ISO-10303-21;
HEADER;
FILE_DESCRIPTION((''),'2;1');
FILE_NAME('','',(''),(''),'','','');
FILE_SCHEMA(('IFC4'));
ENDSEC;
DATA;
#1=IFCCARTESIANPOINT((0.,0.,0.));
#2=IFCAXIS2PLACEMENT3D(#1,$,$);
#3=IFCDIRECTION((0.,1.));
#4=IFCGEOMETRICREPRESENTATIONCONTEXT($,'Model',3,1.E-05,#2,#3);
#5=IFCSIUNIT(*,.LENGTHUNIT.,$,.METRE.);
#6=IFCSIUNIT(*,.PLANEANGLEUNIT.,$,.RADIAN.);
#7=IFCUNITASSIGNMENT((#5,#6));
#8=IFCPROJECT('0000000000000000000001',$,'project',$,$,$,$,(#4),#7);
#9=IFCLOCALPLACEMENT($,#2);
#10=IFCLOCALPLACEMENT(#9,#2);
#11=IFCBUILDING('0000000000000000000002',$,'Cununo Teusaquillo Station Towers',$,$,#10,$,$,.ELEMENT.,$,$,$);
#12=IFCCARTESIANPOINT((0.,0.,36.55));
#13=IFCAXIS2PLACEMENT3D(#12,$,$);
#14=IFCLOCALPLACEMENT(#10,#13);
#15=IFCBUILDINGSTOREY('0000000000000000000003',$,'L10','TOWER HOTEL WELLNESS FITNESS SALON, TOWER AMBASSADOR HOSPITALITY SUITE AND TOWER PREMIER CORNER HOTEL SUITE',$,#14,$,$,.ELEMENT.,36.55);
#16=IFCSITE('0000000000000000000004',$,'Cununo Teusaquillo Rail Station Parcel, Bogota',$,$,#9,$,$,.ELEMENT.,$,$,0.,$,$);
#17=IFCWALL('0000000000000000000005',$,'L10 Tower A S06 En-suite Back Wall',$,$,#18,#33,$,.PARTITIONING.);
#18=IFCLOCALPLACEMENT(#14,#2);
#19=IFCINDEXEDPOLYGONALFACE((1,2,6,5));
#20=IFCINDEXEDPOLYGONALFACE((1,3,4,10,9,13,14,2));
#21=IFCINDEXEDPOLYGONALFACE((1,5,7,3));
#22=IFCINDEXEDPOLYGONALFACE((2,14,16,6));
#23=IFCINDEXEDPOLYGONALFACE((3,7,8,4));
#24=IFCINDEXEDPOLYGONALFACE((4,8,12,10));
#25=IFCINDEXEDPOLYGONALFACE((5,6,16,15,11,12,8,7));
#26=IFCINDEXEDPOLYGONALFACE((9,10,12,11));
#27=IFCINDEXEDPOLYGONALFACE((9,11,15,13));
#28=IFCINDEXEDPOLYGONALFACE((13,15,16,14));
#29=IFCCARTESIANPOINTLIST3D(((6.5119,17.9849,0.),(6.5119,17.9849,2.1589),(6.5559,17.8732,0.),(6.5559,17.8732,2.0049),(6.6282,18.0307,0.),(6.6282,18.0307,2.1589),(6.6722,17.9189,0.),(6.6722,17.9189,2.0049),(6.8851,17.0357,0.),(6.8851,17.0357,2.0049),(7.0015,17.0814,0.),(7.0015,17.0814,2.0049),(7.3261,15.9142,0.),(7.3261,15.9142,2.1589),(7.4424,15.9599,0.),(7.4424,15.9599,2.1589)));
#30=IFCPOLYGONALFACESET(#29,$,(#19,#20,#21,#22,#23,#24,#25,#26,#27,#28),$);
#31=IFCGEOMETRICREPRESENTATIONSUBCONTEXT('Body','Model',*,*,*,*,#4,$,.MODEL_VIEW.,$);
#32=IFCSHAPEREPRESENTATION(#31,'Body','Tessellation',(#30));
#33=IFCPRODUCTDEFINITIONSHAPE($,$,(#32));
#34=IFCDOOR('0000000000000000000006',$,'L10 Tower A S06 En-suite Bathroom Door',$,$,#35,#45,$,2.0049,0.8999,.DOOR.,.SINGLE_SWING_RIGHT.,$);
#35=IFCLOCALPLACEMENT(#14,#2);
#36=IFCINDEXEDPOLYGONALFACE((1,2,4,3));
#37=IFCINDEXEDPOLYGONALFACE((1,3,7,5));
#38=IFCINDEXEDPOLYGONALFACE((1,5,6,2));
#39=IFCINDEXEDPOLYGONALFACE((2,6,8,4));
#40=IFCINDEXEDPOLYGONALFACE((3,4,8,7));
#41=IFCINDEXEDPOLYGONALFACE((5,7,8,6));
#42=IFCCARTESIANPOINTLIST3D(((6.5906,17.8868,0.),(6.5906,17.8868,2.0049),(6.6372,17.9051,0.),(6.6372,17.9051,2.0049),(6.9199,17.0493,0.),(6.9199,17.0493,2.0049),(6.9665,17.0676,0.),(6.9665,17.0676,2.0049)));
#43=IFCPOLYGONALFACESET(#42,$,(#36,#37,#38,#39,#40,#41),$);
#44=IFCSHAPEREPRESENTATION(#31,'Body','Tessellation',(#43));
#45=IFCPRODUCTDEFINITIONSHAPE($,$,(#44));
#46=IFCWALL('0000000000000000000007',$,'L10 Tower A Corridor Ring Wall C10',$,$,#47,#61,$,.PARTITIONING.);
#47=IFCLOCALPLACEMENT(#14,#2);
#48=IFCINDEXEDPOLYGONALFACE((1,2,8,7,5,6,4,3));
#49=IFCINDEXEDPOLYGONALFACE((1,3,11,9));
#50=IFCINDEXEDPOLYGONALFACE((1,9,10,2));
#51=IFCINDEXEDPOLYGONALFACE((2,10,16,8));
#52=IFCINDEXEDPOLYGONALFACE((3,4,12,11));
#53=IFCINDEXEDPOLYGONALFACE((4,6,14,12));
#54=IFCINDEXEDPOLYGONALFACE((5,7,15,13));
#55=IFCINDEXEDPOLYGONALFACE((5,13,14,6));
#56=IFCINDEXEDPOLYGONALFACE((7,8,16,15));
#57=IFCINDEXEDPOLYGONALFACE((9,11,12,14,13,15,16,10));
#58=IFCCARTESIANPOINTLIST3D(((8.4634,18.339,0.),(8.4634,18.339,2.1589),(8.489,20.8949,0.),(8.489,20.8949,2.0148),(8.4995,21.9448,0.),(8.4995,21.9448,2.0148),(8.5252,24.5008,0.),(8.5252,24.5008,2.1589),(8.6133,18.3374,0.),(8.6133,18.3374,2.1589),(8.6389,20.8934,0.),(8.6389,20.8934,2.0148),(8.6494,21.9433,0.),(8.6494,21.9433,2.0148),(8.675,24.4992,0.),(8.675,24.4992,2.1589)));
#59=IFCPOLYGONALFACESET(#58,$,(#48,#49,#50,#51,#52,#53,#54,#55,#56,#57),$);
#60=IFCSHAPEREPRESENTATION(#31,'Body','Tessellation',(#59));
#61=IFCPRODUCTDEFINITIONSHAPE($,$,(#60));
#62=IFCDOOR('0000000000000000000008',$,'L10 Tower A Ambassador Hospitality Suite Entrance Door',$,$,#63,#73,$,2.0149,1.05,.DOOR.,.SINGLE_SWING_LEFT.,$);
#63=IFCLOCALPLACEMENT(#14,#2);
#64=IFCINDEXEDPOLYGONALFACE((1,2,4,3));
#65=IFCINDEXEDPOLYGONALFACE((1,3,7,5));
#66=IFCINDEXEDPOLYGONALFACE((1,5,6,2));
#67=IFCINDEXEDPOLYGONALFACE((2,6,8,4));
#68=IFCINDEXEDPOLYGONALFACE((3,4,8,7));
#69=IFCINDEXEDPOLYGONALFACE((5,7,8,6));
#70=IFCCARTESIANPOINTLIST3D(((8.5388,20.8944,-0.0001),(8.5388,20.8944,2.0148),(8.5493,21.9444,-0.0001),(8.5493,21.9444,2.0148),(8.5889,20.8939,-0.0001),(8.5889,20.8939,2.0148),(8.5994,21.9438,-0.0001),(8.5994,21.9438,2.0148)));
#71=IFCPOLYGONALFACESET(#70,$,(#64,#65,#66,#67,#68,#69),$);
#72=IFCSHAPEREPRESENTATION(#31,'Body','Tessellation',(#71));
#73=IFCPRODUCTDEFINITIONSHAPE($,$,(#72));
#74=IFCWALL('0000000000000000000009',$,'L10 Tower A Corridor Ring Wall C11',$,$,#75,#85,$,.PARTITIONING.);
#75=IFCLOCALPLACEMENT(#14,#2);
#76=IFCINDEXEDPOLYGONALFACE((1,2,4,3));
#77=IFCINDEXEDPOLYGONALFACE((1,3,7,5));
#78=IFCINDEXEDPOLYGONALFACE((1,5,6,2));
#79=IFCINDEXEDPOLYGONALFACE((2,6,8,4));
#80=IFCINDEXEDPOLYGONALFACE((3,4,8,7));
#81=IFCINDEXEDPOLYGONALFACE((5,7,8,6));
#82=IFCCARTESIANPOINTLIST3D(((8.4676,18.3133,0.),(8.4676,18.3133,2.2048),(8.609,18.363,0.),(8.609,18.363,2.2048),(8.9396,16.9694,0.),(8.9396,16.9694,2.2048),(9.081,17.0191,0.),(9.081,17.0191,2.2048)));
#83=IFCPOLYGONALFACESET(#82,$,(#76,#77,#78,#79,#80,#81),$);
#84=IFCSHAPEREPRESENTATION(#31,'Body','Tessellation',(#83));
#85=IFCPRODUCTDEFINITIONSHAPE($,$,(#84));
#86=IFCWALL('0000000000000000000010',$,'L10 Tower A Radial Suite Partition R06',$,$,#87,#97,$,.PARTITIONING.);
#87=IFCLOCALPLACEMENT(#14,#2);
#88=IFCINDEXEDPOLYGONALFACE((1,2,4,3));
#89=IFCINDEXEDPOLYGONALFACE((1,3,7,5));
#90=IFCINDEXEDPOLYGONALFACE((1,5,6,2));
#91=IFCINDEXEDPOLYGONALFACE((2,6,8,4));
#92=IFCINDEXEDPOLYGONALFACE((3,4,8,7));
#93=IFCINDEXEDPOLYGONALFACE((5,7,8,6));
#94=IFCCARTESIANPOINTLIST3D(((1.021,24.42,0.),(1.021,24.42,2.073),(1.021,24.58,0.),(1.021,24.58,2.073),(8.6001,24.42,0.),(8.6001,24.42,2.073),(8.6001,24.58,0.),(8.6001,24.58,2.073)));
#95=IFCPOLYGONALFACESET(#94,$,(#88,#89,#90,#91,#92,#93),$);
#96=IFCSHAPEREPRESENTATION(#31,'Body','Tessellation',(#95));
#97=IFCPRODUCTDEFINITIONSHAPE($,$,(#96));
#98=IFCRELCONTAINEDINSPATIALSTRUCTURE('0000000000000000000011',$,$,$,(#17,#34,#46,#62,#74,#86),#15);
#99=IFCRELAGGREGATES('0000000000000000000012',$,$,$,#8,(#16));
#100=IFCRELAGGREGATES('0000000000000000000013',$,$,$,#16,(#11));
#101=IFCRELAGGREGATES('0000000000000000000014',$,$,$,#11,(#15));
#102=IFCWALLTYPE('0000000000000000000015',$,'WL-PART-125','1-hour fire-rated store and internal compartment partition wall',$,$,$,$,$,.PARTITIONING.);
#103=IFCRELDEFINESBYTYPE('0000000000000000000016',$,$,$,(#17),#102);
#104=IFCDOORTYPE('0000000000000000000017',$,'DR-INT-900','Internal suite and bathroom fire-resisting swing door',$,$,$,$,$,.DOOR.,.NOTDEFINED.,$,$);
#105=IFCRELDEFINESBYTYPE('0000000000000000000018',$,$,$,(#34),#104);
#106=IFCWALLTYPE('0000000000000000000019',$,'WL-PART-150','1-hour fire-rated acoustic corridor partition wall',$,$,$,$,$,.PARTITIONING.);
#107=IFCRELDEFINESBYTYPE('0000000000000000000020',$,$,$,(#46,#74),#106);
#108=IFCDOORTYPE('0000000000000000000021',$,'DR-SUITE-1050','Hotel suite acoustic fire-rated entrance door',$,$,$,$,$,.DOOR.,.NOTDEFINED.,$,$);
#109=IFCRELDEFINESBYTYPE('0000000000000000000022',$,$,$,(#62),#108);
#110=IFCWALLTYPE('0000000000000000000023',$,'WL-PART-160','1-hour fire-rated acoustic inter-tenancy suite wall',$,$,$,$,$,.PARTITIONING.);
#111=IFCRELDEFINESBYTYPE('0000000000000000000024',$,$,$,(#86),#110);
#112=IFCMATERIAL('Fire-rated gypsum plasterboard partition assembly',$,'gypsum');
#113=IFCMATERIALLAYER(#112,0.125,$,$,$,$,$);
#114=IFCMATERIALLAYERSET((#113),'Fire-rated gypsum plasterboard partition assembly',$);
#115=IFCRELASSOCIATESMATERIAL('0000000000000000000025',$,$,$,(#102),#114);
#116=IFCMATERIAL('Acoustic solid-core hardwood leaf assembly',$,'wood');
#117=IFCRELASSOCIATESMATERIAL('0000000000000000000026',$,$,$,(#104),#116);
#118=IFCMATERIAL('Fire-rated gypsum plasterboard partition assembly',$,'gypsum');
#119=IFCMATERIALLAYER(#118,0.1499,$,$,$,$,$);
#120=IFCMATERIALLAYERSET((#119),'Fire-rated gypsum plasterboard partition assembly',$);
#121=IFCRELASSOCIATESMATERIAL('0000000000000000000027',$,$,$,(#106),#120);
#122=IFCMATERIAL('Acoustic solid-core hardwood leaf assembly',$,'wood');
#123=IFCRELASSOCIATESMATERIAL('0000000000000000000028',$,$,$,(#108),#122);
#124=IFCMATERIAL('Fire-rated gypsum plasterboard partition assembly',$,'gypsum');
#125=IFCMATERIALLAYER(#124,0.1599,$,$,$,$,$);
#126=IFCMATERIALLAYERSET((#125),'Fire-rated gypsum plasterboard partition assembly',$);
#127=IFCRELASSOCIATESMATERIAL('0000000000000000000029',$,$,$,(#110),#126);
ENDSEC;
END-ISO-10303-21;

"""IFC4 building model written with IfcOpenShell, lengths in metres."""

from ifc_helpers import new_model, si_unit, direction, frame, frame_2d, origin, place, context, subcontext, project, spatial, rectangle, extrude, source, transform, mapped, material, layer, layer_set, type_object, element, fill, save


model = new_model("IFC4")

# Units and contexts
model_context = context("Model", 3, precision=1e-05, world=origin(), true_north=direction((0.0, 1.0)))
body_context = subcontext(model_context, "Body", "Model", "MODEL_VIEW")
ifc_project = project(units=[si_unit("LENGTHUNIT", "METRE"), si_unit("PLANEANGLEUNIT", "RADIAN")], contexts=[model_context])

# Site, building, storey
site_placement = place(None, origin())
site = spatial("IfcSite", under=ifc_project, at=site_placement, Name="Cununo Teusaquillo Rail Station Parcel, Bogota", CompositionType="ELEMENT", RefElevation=0.0)
building_placement = place(site_placement, origin())
building = spatial("IfcBuilding", under=site, at=building_placement, Name="Cununo Teusaquillo Station Towers", CompositionType="ELEMENT")
storey_placement = place(building_placement, frame((0.0, 0.0, 36.55)))
storey = spatial("IfcBuildingStorey", under=building, at=storey_placement, Name="L10", Description="TOWER HOTEL WELLNESS FITNESS SALON, TOWER AMBASSADOR HOSPITALITY SUITE AND TOWER PREMIER CORNER HOTEL SUITE", CompositionType="ELEMENT", Elevation=36.55)

# Shared definitions
ifc_material_1 = material(Name="Fire-rated gypsum plasterboard partition assembly", Category="gypsum")
ifc_layer_1 = layer(ifc_material_1, 0.125)
ifc_layer_set_1 = layer_set([ifc_layer_1], Name="Fire-rated gypsum plasterboard partition assembly")
wall_type_1 = type_object("IfcWallType", Name="WL-PART-125", Description="1-hour fire-rated store and internal compartment partition wall", PredefinedType="PARTITIONING", material=ifc_layer_set_1)

# Walls, openings, doors
wall_1_placement = place(storey_placement, frame((6.5701, 18.0078, 0.0), z_axis=(0.0, 0.0, 1.0), x_axis=(0.365917, -0.930647, 0.0)))
wall_1 = element("IfcWall", 1, at=wall_1_placement, inside=storey, type_object=wall_type_1, Name="L10 Tower A S06 En-suite Back Wall", PredefinedType="PARTITIONING", context=body_context, shape_type="SweptSolid", body=[
    extrude(rectangle(XDim=2.2251, YDim=0.125, at=frame_2d((1.1125, 0.0))), origin(), (0.0, 0.0, 1.0), 2.1589),
])
shared_shape_1 = source(origin(), body_context, "Body", "SweptSolid", [
    extrude(rectangle(XDim=0.8999, YDim=2.0049, at=frame_2d((0.45, 1.0024))), frame((0.0, 0.0725, 0.0), z_axis=(0.0, -1.0, 0.0), x_axis=(1.0, 0.0, 0.0)), (0.0, 0.0, 1.0), 0.145),
])
opening_1_placement = place(wall_1_placement, frame((0.1201, 0.0, 0.0)))
opening_1 = element("IfcOpeningElement", 2, at=opening_1_placement, cuts=wall_1, PredefinedType="OPENING", context=body_context, shape_type="MappedRepresentation", body=[
    mapped(shared_shape_1, transform((0.0, 0.0, 0.0), x_axis=(1.0, 0.0, 0.0), y_axis=(0.0, 1.0, 0.0), z_axis=(0.0, 0.0, 1.0), scale=1.0)),
])
ifc_material_2 = material(Name="Acoustic solid-core hardwood leaf assembly", Category="wood")
door_type_1 = type_object("IfcDoorType", Name="DR-INT-900", Description="Internal suite and bathroom fire-resisting swing door", OperationType="NOTDEFINED", PredefinedType="DOOR", material=ifc_material_2)
shared_shape_2 = source(origin(), body_context, "Body", "SweptSolid", [
    extrude(rectangle(XDim=0.8999, YDim=2.0049, at=frame_2d((0.45, 1.0024))), frame((0.0, 0.0249, 0.0), z_axis=(0.0, -1.0, 0.0), x_axis=(1.0, 0.0, 0.0)), (0.0, 0.0, 1.0), 0.05),
])
door_1_placement = place(opening_1_placement, origin())
door_1 = element("IfcDoor", 3, at=door_1_placement, inside=storey, type_object=door_type_1, Name="L10 Tower A S06 En-suite Bathroom Door", OperationType="SINGLE_SWING_RIGHT", OverallHeight=2.0049, OverallWidth=0.8999, PredefinedType="DOOR", context=body_context, shape_type="MappedRepresentation", body=[
    mapped(shared_shape_2, transform((0.0, 0.0, 0.0), x_axis=(1.0, 0.0, 0.0), y_axis=(0.0, 1.0, 0.0), z_axis=(0.0, 0.0, 1.0), scale=1.0)),
])
fill(opening_1, door_1)
ifc_material_3 = material(Name="Fire-rated gypsum plasterboard partition assembly", Category="gypsum")
ifc_layer_2 = layer(ifc_material_3, 0.1499)
ifc_layer_set_2 = layer_set([ifc_layer_2], Name="Fire-rated gypsum plasterboard partition assembly")
wall_type_2 = type_object("IfcWallType", Name="WL-PART-150", Description="1-hour fire-rated acoustic corridor partition wall", PredefinedType="PARTITIONING", material=ifc_layer_set_2)
wall_2_placement = place(storey_placement, frame((8.6001, 24.5, 0.0), z_axis=(0.0, 0.0, 1.0), x_axis=(-0.010024, -0.99995, 0.0)))
wall_2 = element("IfcWall", 4, at=wall_2_placement, inside=storey, type_object=wall_type_2, Name="L10 Tower A Corridor Ring Wall C10", PredefinedType="PARTITIONING", context=body_context, shape_type="SweptSolid", body=[
    extrude(rectangle(XDim=6.1621, YDim=0.1499, at=frame_2d((3.0811, 0.0))), origin(), (0.0, 0.0, 1.0), 2.1589),
])
shared_shape_3 = source(origin(), body_context, "Body", "SweptSolid", [
    extrude(rectangle(XDim=1.05, YDim=2.0149, at=frame_2d((0.5249, 1.0073))), frame((0.0, 0.085, 0.0), z_axis=(0.0, -1.0, 0.0), x_axis=(1.0, 0.0, 0.0)), (0.0, 0.0, 1.0), 0.1699),
])
opening_2_placement = place(wall_2_placement, frame((2.5562, 0.0, 0.0)))
opening_2 = element("IfcOpeningElement", 5, at=opening_2_placement, cuts=wall_2, PredefinedType="OPENING", context=body_context, shape_type="MappedRepresentation", body=[
    mapped(shared_shape_3, transform((0.0, 0.0, 0.0), x_axis=(1.0, 0.0, 0.0), y_axis=(0.0, 1.0, 0.0), z_axis=(0.0, 0.0, 1.0), scale=1.0)),
])
ifc_material_4 = material(Name="Acoustic solid-core hardwood leaf assembly", Category="wood")
door_type_2 = type_object("IfcDoorType", Name="DR-SUITE-1050", Description="Hotel suite acoustic fire-rated entrance door", OperationType="NOTDEFINED", PredefinedType="DOOR", material=ifc_material_4)
shared_shape_4 = source(origin(), body_context, "Body", "SweptSolid", [
    extrude(rectangle(XDim=1.05, YDim=2.0149, at=frame_2d((0.5249, 1.0073))), frame((0.0, 0.0249, 0.0), z_axis=(0.0, -1.0, 0.0), x_axis=(1.0, 0.0, 0.0)), (0.0, 0.0, 1.0), 0.05),
])
door_2_placement = place(opening_2_placement, origin())
door_2 = element("IfcDoor", 6, at=door_2_placement, inside=storey, type_object=door_type_2, Name="L10 Tower A Ambassador Hospitality Suite Entrance Door", OperationType="SINGLE_SWING_LEFT", OverallHeight=2.0149, OverallWidth=1.05, PredefinedType="DOOR", context=body_context, shape_type="MappedRepresentation", body=[
    mapped(shared_shape_4, transform((0.0, 0.0, 0.0), x_axis=(1.0, 0.0, 0.0), y_axis=(0.0, 1.0, 0.0), z_axis=(0.0, 0.0, 1.0), scale=1.0)),
])
fill(opening_2, door_2)

# Walls
wall_3_placement = place(storey_placement, frame((8.5383, 18.3381, 0.0), z_axis=(0.0, 0.0, 1.0), x_axis=(0.331358, -0.943505, 0.0)))
element("IfcWall", 7, at=wall_3_placement, inside=storey, type_object=wall_type_2, Name="L10 Tower A Corridor Ring Wall C11", PredefinedType="PARTITIONING", context=body_context, shape_type="SweptSolid", body=[
    extrude(rectangle(XDim=1.4243, YDim=0.1499, at=frame_2d((0.7122, 0.0))), origin(), (0.0, 0.0, 1.0), 2.2048),
])
ifc_material_5 = material(Name="Fire-rated gypsum plasterboard partition assembly", Category="gypsum")
ifc_layer_3 = layer(ifc_material_5, 0.1599)
ifc_layer_set_3 = layer_set([ifc_layer_3], Name="Fire-rated gypsum plasterboard partition assembly")
wall_type_3 = type_object("IfcWallType", Name="WL-PART-160", Description="1-hour fire-rated acoustic inter-tenancy suite wall", PredefinedType="PARTITIONING", material=ifc_layer_set_3)
wall_4_placement = place(storey_placement, frame((8.6001, 24.5, 0.0), z_axis=(0.0, 0.0, 1.0), x_axis=(-1.0, 0.0, 0.0)))
element("IfcWall", 8, at=wall_4_placement, inside=storey, type_object=wall_type_3, Name="L10 Tower A Radial Suite Partition R06", PredefinedType="PARTITIONING", context=body_context, shape_type="SweptSolid", body=[
    extrude(rectangle(XDim=7.5791, YDim=0.1599, at=frame_2d((3.7896, 0.0))), origin(), (0.0, 0.0, 1.0), 2.073),
])

save(model, "model.ifc")
